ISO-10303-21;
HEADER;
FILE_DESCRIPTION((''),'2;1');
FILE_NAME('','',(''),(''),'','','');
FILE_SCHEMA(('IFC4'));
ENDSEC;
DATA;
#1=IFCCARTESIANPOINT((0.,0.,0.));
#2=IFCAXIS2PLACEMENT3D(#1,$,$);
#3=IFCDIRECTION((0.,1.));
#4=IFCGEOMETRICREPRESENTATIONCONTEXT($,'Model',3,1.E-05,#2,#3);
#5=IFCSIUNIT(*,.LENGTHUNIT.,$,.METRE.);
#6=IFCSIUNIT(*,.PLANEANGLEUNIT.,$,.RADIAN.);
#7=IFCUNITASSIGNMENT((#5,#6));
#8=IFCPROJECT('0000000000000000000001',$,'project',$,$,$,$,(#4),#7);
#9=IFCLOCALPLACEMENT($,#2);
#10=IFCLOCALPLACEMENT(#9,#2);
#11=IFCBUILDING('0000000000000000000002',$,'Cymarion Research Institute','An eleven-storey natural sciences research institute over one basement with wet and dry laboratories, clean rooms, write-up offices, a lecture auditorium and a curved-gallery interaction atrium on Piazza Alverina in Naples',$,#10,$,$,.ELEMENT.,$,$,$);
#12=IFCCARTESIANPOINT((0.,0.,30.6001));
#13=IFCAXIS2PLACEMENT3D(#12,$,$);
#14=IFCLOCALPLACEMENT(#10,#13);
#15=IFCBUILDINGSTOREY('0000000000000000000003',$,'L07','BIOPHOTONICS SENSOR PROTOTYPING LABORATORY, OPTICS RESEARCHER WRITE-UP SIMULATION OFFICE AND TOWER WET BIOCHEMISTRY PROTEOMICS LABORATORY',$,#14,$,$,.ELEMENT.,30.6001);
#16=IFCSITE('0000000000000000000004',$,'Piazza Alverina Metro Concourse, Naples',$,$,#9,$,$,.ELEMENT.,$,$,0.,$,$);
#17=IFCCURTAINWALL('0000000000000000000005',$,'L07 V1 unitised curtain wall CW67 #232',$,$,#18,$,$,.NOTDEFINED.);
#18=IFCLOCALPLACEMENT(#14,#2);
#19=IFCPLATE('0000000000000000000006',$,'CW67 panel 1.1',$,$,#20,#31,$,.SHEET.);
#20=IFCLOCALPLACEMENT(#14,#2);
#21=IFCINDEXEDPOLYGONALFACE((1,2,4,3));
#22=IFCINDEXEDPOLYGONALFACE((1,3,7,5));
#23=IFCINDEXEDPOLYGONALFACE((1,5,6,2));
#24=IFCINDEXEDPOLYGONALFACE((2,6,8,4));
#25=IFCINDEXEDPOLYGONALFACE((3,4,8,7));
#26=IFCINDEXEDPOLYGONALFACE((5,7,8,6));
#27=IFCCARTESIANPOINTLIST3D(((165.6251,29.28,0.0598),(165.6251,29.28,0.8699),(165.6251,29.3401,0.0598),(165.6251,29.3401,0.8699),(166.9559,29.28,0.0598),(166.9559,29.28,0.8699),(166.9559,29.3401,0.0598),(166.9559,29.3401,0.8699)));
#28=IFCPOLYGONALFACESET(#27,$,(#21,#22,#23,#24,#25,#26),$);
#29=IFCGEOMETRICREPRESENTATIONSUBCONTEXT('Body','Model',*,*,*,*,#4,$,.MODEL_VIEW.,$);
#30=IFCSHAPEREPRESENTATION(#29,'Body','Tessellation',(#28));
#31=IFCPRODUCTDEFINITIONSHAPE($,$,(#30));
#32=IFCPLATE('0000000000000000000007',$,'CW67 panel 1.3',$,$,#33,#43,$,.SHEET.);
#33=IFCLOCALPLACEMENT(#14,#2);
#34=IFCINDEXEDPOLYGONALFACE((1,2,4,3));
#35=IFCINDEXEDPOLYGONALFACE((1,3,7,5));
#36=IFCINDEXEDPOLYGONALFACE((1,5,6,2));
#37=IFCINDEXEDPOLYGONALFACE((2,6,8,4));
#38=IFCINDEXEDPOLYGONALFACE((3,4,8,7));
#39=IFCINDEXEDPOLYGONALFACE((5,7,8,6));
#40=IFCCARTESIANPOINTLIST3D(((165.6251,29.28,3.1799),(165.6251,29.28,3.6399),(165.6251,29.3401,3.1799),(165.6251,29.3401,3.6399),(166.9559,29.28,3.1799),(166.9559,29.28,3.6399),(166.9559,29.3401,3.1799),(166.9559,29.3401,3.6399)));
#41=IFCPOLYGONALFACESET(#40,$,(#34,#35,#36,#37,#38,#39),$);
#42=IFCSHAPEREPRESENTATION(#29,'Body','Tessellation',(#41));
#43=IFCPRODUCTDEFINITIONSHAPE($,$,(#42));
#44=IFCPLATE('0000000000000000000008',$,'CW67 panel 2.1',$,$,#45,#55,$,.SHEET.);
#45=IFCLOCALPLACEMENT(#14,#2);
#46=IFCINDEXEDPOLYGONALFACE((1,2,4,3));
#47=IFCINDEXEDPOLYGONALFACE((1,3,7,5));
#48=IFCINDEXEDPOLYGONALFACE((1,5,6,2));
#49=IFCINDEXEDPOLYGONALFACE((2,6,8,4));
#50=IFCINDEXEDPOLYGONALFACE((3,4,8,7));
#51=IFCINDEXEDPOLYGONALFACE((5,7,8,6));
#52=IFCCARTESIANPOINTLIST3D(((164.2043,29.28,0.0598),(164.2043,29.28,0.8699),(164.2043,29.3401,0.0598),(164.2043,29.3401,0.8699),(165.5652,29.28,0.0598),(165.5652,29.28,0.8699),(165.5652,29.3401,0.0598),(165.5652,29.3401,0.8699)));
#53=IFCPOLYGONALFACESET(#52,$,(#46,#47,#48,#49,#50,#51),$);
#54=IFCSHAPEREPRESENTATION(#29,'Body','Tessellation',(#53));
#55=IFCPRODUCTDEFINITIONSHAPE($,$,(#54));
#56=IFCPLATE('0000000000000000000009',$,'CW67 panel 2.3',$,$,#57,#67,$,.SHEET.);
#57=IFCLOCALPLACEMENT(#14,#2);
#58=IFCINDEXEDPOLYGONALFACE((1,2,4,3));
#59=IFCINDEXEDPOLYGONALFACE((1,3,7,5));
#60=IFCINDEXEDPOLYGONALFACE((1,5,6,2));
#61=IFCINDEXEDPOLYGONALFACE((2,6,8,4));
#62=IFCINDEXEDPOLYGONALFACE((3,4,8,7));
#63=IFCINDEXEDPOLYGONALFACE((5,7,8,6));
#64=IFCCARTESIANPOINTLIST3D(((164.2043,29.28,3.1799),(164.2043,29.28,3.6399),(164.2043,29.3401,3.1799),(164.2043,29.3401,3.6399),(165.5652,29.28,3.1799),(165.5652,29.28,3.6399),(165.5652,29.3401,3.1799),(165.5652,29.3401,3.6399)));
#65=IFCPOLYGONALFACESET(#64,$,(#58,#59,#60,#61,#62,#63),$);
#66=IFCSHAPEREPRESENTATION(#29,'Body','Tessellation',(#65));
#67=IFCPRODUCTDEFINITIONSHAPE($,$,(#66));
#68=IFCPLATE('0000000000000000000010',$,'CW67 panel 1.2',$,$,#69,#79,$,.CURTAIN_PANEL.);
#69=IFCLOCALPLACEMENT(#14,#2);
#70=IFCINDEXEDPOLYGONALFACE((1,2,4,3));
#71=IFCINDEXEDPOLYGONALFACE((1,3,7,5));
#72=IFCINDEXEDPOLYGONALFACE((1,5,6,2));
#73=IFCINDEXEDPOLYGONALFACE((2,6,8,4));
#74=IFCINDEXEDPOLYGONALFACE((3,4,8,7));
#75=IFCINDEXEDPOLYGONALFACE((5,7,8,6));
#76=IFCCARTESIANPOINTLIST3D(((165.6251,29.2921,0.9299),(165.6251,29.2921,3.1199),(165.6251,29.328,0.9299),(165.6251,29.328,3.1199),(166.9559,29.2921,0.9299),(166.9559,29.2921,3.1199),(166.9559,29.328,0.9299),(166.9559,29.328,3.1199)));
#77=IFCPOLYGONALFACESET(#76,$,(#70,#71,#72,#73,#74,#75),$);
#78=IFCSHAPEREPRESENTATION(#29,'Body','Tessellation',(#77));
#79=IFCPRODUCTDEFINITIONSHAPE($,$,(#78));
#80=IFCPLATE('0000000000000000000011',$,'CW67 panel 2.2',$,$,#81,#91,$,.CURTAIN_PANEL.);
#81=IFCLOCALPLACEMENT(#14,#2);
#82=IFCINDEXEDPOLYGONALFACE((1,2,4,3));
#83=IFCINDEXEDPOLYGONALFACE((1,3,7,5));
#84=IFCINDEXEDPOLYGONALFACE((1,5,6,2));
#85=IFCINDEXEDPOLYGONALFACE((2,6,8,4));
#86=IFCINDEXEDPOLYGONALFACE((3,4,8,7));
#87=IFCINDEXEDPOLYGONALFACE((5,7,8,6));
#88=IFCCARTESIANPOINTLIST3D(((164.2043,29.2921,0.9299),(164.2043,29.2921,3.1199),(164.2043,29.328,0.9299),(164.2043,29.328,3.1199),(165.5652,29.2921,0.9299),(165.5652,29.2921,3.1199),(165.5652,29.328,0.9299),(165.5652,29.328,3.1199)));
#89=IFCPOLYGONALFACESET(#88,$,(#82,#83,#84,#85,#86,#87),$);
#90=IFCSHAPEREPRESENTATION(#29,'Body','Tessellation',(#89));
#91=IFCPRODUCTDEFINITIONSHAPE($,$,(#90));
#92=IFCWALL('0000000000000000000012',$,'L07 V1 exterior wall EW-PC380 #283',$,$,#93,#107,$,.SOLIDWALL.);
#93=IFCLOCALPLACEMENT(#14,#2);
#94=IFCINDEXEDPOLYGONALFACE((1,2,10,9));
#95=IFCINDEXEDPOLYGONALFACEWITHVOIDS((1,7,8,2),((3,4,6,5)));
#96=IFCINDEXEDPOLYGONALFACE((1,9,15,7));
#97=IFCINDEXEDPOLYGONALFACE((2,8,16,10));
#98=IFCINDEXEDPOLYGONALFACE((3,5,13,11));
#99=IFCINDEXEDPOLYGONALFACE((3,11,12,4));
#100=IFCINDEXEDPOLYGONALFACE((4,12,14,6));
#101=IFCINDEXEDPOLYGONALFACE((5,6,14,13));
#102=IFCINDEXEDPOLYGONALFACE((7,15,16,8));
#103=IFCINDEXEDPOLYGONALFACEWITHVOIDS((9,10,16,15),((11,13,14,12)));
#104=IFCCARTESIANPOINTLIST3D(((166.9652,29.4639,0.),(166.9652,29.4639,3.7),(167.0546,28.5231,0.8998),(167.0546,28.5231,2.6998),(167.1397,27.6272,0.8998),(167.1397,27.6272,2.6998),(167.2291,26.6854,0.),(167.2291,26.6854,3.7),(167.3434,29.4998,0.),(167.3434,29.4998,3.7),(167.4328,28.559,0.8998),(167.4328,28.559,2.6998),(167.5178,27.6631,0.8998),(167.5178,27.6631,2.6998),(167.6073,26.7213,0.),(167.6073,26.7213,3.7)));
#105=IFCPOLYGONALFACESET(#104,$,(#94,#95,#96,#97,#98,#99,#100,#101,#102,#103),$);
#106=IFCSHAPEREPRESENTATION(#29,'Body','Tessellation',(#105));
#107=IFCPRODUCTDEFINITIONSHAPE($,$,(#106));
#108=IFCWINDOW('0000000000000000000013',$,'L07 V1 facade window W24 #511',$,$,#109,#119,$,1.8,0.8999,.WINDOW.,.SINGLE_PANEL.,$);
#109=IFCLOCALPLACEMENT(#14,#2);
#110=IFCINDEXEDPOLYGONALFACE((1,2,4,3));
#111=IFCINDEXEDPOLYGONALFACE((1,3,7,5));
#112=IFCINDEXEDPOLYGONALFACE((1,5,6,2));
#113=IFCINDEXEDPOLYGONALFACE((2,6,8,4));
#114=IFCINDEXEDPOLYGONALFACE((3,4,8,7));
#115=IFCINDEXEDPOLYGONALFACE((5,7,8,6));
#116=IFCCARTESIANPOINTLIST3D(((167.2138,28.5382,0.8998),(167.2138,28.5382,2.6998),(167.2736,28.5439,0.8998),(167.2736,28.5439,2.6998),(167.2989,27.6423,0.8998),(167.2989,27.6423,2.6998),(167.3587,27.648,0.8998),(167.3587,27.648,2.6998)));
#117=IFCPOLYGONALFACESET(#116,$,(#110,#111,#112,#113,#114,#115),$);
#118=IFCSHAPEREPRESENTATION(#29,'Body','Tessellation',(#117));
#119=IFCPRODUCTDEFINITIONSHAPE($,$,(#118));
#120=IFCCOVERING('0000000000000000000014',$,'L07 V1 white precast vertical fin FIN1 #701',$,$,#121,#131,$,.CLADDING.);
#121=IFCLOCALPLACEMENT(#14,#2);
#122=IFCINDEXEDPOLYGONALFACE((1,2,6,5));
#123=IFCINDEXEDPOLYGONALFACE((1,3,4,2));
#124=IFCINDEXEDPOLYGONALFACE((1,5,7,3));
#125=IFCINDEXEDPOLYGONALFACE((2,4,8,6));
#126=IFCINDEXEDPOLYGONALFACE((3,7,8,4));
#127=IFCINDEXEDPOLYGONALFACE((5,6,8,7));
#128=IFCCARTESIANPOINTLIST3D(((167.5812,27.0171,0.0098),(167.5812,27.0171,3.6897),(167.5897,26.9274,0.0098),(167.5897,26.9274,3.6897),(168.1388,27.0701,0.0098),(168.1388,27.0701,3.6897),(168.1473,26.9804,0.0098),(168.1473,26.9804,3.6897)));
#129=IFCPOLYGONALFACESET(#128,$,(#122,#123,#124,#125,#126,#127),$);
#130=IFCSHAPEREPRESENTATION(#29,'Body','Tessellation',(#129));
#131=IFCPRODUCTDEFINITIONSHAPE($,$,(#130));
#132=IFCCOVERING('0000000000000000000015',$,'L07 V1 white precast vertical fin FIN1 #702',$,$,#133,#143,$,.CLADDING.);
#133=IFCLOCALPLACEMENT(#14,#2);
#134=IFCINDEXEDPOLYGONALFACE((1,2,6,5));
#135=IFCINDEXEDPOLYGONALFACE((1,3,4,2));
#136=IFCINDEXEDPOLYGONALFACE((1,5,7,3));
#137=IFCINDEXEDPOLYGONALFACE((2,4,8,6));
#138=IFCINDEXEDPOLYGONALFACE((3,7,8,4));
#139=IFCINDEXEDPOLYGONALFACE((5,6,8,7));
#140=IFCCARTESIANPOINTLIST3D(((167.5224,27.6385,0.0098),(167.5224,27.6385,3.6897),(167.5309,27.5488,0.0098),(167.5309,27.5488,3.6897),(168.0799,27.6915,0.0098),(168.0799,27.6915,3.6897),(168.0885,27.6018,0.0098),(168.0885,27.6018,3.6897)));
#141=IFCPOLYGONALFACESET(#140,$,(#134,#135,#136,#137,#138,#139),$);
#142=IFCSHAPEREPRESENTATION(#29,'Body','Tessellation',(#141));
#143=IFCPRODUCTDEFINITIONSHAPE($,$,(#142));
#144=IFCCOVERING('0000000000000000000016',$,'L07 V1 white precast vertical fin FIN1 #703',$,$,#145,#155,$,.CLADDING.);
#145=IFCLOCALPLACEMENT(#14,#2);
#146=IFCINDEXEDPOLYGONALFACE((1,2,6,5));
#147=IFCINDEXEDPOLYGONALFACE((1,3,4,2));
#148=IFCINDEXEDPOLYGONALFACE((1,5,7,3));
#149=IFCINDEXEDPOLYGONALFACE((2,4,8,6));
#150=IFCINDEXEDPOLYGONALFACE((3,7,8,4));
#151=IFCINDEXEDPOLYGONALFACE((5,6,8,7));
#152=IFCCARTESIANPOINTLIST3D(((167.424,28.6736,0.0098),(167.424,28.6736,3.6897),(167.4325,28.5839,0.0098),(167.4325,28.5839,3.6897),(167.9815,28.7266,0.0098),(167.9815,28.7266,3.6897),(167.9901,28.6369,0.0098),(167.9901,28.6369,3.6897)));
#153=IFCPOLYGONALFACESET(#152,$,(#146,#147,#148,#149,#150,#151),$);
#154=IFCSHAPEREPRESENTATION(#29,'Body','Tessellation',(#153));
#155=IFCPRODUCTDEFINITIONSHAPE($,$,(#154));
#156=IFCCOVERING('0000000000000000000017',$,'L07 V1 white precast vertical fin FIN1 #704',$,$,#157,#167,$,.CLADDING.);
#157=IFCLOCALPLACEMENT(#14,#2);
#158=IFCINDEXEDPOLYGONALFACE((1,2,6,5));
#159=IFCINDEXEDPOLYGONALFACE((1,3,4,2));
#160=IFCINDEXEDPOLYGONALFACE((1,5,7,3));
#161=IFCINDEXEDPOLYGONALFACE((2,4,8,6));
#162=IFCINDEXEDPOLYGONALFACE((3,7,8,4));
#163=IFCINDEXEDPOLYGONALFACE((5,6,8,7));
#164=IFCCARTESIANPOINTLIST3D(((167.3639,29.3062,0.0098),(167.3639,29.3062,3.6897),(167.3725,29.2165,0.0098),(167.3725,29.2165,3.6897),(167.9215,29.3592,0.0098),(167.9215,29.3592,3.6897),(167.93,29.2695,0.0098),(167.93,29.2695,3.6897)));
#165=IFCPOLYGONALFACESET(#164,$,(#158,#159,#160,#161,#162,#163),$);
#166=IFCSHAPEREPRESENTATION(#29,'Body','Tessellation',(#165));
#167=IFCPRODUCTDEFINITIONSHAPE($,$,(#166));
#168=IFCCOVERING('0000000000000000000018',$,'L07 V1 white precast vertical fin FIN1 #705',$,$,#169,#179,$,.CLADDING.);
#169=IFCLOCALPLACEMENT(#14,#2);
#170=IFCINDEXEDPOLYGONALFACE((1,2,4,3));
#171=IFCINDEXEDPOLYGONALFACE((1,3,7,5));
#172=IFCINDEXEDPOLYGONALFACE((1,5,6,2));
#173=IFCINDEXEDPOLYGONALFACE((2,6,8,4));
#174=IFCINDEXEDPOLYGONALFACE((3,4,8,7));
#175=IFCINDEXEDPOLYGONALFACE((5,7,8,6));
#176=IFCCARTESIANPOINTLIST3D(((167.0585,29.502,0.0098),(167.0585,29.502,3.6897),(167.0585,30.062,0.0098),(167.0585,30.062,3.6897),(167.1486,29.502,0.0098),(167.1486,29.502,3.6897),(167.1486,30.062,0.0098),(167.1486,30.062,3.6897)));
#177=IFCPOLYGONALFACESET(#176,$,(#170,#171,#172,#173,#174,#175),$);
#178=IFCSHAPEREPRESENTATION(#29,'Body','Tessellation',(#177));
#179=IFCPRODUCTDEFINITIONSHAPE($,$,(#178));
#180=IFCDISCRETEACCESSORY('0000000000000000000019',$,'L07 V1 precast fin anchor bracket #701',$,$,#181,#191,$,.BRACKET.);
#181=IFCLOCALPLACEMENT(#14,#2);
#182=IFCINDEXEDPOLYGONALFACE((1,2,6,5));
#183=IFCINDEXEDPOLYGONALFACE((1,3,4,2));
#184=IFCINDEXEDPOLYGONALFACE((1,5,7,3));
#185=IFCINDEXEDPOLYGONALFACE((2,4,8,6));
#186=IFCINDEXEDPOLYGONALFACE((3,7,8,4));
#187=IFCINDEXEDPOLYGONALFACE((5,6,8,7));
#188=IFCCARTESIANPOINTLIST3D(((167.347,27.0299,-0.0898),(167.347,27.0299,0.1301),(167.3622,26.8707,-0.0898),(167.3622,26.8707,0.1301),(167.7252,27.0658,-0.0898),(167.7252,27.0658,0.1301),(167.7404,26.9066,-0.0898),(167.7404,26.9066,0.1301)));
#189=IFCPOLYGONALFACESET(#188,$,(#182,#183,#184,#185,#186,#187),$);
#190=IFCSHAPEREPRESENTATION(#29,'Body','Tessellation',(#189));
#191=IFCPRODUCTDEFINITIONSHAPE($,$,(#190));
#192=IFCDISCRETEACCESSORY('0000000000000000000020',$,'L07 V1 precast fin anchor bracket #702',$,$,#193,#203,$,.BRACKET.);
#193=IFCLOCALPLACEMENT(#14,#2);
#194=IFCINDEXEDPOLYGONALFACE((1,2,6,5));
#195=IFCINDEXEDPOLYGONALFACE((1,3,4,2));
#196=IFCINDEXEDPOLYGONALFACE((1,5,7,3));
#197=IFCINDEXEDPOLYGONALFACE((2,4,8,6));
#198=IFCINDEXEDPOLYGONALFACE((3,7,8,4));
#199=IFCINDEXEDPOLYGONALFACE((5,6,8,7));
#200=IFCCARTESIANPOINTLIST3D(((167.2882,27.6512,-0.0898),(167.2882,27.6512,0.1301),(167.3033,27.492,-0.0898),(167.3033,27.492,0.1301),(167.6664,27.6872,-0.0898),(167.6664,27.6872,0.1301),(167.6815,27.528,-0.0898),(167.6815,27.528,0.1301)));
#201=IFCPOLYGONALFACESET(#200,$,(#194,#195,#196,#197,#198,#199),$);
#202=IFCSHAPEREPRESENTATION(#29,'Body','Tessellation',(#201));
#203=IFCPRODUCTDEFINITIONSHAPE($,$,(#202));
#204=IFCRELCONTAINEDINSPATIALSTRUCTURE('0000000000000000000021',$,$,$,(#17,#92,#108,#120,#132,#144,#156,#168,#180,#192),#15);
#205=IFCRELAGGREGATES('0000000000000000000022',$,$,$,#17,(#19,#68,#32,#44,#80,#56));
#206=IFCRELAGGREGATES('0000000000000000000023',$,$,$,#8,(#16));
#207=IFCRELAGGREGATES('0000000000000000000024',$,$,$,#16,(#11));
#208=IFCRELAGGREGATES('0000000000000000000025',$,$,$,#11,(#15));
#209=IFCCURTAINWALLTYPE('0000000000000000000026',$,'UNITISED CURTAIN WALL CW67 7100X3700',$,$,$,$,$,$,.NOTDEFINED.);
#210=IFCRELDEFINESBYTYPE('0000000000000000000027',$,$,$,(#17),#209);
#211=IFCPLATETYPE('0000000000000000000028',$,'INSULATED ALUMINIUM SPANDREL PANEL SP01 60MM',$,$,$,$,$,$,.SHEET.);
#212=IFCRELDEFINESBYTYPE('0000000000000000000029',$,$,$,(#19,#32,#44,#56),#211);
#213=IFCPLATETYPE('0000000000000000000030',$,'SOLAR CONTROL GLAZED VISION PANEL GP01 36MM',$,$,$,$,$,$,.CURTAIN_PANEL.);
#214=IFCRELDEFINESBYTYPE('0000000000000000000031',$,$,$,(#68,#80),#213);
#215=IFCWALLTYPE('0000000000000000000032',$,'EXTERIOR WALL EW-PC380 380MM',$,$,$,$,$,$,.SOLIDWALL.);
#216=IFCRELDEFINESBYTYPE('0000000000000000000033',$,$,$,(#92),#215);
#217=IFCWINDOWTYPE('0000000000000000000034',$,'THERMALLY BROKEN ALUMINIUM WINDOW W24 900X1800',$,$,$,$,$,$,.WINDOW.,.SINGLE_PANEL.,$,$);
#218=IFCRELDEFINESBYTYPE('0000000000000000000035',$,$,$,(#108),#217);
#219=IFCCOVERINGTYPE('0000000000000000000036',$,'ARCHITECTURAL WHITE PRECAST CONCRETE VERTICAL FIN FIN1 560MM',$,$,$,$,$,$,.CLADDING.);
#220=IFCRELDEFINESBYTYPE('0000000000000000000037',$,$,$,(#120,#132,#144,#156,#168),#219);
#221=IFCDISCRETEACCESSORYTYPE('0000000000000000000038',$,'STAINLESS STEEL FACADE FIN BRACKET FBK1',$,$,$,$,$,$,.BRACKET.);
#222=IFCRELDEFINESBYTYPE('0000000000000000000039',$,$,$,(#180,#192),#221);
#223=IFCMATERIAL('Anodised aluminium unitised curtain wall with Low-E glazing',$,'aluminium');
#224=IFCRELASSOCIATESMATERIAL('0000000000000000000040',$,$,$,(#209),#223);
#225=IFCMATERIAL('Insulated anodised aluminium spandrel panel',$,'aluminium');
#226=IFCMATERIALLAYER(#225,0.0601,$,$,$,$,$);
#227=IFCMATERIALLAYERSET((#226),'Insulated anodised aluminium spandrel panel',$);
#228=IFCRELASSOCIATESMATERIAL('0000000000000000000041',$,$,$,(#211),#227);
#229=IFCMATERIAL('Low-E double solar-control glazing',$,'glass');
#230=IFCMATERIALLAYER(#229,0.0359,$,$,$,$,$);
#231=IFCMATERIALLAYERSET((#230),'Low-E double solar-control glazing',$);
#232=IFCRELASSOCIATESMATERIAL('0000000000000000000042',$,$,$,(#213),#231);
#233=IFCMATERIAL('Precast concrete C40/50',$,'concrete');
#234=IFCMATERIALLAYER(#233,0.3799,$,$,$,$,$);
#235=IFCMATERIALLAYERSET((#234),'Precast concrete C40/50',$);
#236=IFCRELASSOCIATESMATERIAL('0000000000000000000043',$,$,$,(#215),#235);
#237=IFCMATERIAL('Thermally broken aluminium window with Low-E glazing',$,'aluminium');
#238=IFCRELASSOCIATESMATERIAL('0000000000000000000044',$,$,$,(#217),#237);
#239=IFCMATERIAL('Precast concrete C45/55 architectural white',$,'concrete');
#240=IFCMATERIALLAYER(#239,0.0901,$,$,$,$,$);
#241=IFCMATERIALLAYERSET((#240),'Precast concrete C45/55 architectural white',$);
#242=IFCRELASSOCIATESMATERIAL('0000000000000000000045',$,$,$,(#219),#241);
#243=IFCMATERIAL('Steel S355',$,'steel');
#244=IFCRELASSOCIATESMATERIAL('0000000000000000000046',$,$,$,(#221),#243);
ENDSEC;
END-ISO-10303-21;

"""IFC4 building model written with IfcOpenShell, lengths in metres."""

from ifc_helpers import new_model, si_unit, direction, frame, frame_2d, origin, origin_2d, place, context, subcontext, project, spatial, rectangle, extrude, material, layer, layer_set, type_object, element, fill, aggregate, save


model = new_model("IFC4")

# Units and contexts
model_context = context("Model", 3, precision=1e-05, world=origin(), true_north=direction((0.0, 1.0)))
body_context = subcontext(model_context, "Body", "Model", "MODEL_VIEW")
ifc_project = project(units=[si_unit("LENGTHUNIT", "METRE"), si_unit("PLANEANGLEUNIT", "RADIAN")], contexts=[model_context])

# Site, building, storey
site_placement = place(None, origin())
site = spatial("IfcSite", under=ifc_project, at=site_placement, Name="Piazza Alverina Metro Concourse, Naples", CompositionType="ELEMENT", RefElevation=0.0)
building_placement = place(site_placement, origin())
building = spatial("IfcBuilding", under=site, at=building_placement, Name="Cymarion Research Institute", Description="An eleven-storey natural sciences research institute over one basement with wet and dry laboratories, clean rooms, write-up offices, a lecture auditorium and a curved-gallery interaction atrium on Piazza Alverina in Naples", CompositionType="ELEMENT")
storey_placement = place(building_placement, frame((0.0, 0.0, 30.6001)))
storey = spatial("IfcBuildingStorey", under=building, at=storey_placement, Name="L07", Description="BIOPHOTONICS SENSOR PROTOTYPING LABORATORY, OPTICS RESEARCHER WRITE-UP SIMULATION OFFICE AND TOWER WET BIOCHEMISTRY PROTEOMICS LABORATORY", CompositionType="ELEMENT", Elevation=30.6001)

# Curtain wall, plates
ifc_material_1 = material(Name="Anodised aluminium unitised curtain wall with Low-E glazing", Category="aluminium")
curtain_wall_type = type_object("IfcCurtainWallType", Name="UNITISED CURTAIN WALL CW67 7100X3700", PredefinedType="NOTDEFINED", material=ifc_material_1)
curtain_wall_placement = place(storey_placement, origin())
curtain_wall = element("IfcCurtainWall", 1, at=curtain_wall_placement, inside=storey, type_object=curtain_wall_type, Name="L07 V1 unitised curtain wall CW67 #232", PredefinedType="NOTDEFINED")
ifc_material_2 = material(Name="Insulated anodised aluminium spandrel panel", Category="aluminium")
ifc_layer_1 = layer(ifc_material_2, 0.0601)
ifc_layer_set_1 = layer_set([ifc_layer_1], Name="Insulated anodised aluminium spandrel panel")
plate_type_1 = type_object("IfcPlateType", Name="INSULATED ALUMINIUM SPANDREL PANEL SP01 60MM", PredefinedType="SHEET", material=ifc_layer_set_1)
plate_1_placement = place(storey_placement, frame((166.2905, 29.3101, 0.0598), z_axis=(0.0, 0.0, 1.0), x_axis=(-1.0, 0.0, 0.0)))
plate_1 = element("IfcPlate", 2, at=plate_1_placement, type_object=plate_type_1, Name="CW67 panel 1.1", PredefinedType="SHEET", context=body_context, shape_type="SweptSolid", body=[
    extrude(rectangle(XDim=1.3308, YDim=0.0601, at=origin_2d()), origin(), (0.0, 0.0, 1.0), 0.8101),
])
plate_2_placement = place(storey_placement, frame((166.2905, 29.3101, 3.1799), z_axis=(0.0, 0.0, 1.0), x_axis=(-1.0, 0.0, 0.0)))
plate_2 = element("IfcPlate", 3, at=plate_2_placement, type_object=plate_type_1, Name="CW67 panel 1.3", PredefinedType="SHEET", context=body_context, shape_type="SweptSolid", body=[
    extrude(rectangle(XDim=1.3308, YDim=0.0601, at=origin_2d()), origin(), (0.0, 0.0, 1.0), 0.46),
])
plate_3_placement = place(storey_placement, frame((164.8848, 29.3101, 0.0598), z_axis=(0.0, 0.0, 1.0), x_axis=(-1.0, 0.0, 0.0)))
plate_3 = element("IfcPlate", 4, at=plate_3_placement, type_object=plate_type_1, Name="CW67 panel 2.1", PredefinedType="SHEET", context=body_context, shape_type="SweptSolid", body=[
    extrude(rectangle(XDim=1.3608, YDim=0.0601, at=origin_2d()), origin(), (0.0, 0.0, 1.0), 0.8101),
])
plate_4_placement = place(storey_placement, frame((164.8848, 29.3101, 3.1799), z_axis=(0.0, 0.0, 1.0), x_axis=(-1.0, 0.0, 0.0)))
plate_4 = element("IfcPlate", 5, at=plate_4_placement, type_object=plate_type_1, Name="CW67 panel 2.3", PredefinedType="SHEET", context=body_context, shape_type="SweptSolid", body=[
    extrude(rectangle(XDim=1.3608, YDim=0.0601, at=origin_2d()), origin(), (0.0, 0.0, 1.0), 0.46),
])
ifc_material_3 = material(Name="Low-E double solar-control glazing", Category="glass")
ifc_layer_2 = layer(ifc_material_3, 0.0359)
ifc_layer_set_2 = layer_set([ifc_layer_2], Name="Low-E double solar-control glazing")
plate_type_2 = type_object("IfcPlateType", Name="SOLAR CONTROL GLAZED VISION PANEL GP01 36MM", PredefinedType="CURTAIN_PANEL", material=ifc_layer_set_2)
plate_5_placement = place(storey_placement, frame((166.2905, 29.3101, 0.9299), z_axis=(0.0, 0.0, 1.0), x_axis=(-1.0, 0.0, 0.0)))
plate_5 = element("IfcPlate", 6, at=plate_5_placement, type_object=plate_type_2, Name="CW67 panel 1.2", PredefinedType="CURTAIN_PANEL", context=body_context, shape_type="SweptSolid", body=[
    extrude(rectangle(XDim=1.3308, YDim=0.0359, at=origin_2d()), origin(), (0.0, 0.0, 1.0), 2.1899),
])
plate_6_placement = place(storey_placement, frame((164.8848, 29.3101, 0.9299), z_axis=(0.0, 0.0, 1.0), x_axis=(-1.0, 0.0, 0.0)))
plate_6 = element("IfcPlate", 7, at=plate_6_placement, type_object=plate_type_2, Name="CW67 panel 2.2", PredefinedType="CURTAIN_PANEL", context=body_context, shape_type="SweptSolid", body=[
    extrude(rectangle(XDim=1.3608, YDim=0.0359, at=origin_2d()), origin(), (0.0, 0.0, 1.0), 2.1899),
])
aggregate(curtain_wall, [plate_1, plate_5, plate_2, plate_3, plate_6, plate_4])

# Wall, opening, window
ifc_material_4 = material(Name="Precast concrete C40/50", Category="concrete")
ifc_layer_3 = layer(ifc_material_4, 0.3799)
ifc_layer_set_3 = layer_set([ifc_layer_3], Name="Precast concrete C40/50")
wall_type = type_object("IfcWallType", Name="EXTERIOR WALL EW-PC380 380MM", PredefinedType="SOLIDWALL", material=ifc_layer_set_3)
wall_placement = place(storey_placement, frame((167.4182, 26.7034, 0.0), z_axis=(0.0, 0.0, 1.0), x_axis=(-0.094557, 0.995519, 0.0)))
wall = element("IfcWall", 8, at=wall_placement, inside=storey, type_object=wall_type, Name="L07 V1 exterior wall EW-PC380 #283", PredefinedType="SOLIDWALL", context=body_context, shape_type="SweptSolid", body=[
    extrude(rectangle(XDim=2.791, YDim=0.3799, at=frame_2d((1.3955, 0.0))), origin(), (0.0, 0.0, 1.0), 3.7),
])
opening_placement = place(wall_placement, frame((0.946, 0.0, 0.8999)))
opening = element("IfcOpeningElement", 9, at=opening_placement, cuts=wall, PredefinedType="OPENING", context=body_context, shape_type="SweptSolid", body=[
    extrude(rectangle(XDim=0.8999, YDim=1.8, at=frame_2d((0.45, 0.8999))), frame((0.0, 0.2, 0.0), z_axis=(0.0, -1.0, 0.0), x_axis=(1.0, 0.0, 0.0)), (0.0, 0.0, 1.0), 0.3999),
])
ifc_material_5 = material(Name="Thermally broken aluminium window with Low-E glazing", Category="aluminium")
window_type = type_object("IfcWindowType", Name="THERMALLY BROKEN ALUMINIUM WINDOW W24 900X1800", PartitioningType="SINGLE_PANEL", PredefinedType="WINDOW", material=ifc_material_5)
window_placement = place(opening_placement, origin())
window = element("IfcWindow", 10, at=window_placement, inside=storey, type_object=window_type, Name="L07 V1 facade window W24 #511", OverallHeight=1.8, OverallWidth=0.8999, PartitioningType="SINGLE_PANEL", PredefinedType="WINDOW", context=body_context, shape_type="SweptSolid", body=[
    extrude(rectangle(XDim=0.8999, YDim=1.8, at=frame_2d((0.45, 0.8999))), frame((0.0, 0.03, 0.0), z_axis=(0.0, -1.0, 0.0), x_axis=(1.0, 0.0, 0.0)), (0.0, 0.0, 1.0), 0.0601),
])
fill(opening, window)

# Coverings
ifc_material_6 = material(Name="Precast concrete C45/55 architectural white", Category="concrete")
ifc_layer_4 = layer(ifc_material_6, 0.0901)
ifc_layer_set_4 = layer_set([ifc_layer_4], Name="Precast concrete C45/55 architectural white")
covering_type = type_object("IfcCoveringType", Name="ARCHITECTURAL WHITE PRECAST CONCRETE VERTICAL FIN FIN1 560MM", PredefinedType="CLADDING", material=ifc_layer_set_4)
for number, where, z_axis, x_axis, name in (
    (11, (167.8643, 26.9988, 0.0098), (0.0, 0.0, 1.0), (0.995513, 0.09463, 0.0), "L07 V1 white precast vertical fin FIN1 #701"),
    (12, (167.8054, 27.6201, 0.0098), (0.0, 0.0, 1.0), (0.995513, 0.09463, 0.0), "L07 V1 white precast vertical fin FIN1 #702"),
    (13, (167.707, 28.6553, 0.0098), (0.0, 0.0, 1.0), (0.995513, 0.09463, 0.0), "L07 V1 white precast vertical fin FIN1 #703"),
    (14, (167.647, 29.2878, 0.0098), (0.0, 0.0, 1.0), (0.995513, 0.09463, 0.0), "L07 V1 white precast vertical fin FIN1 #704"),
    (15, (167.1035, 29.782, 0.0098), (0.0, 0.0, 1.0), (0.0, 1.0, 0.0), "L07 V1 white precast vertical fin FIN1 #705"),
):
    element("IfcCovering", number, at=place(storey_placement, frame(where, z_axis=z_axis, x_axis=x_axis)), inside=storey, type_object=covering_type, Name=name, PredefinedType="CLADDING", context=body_context, shape_type="SweptSolid", body=[
        extrude(rectangle(XDim=0.5601, YDim=0.0901, at=origin_2d()), origin(), (0.0, 0.0, 1.0), 3.6799),
    ])

# Discrete accessories
ifc_material_7 = material(Name="Steel S355", Category="steel")
discrete_accessory_type = type_object("IfcDiscreteAccessoryType", Name="STAINLESS STEEL FACADE FIN BRACKET FBK1", PredefinedType="BRACKET", material=ifc_material_7)
for number, where, z_axis, x_axis, name in (
    (16, (167.5437, 26.9683, -0.0898), (0.0, 0.0, 1.0), (0.995513, 0.09463, 0.0), "L07 V1 precast fin anchor bracket #701"),
    (17, (167.4849, 27.5896, -0.0898), (0.0, 0.0, 1.0), (0.995513, 0.09463, 0.0), "L07 V1 precast fin anchor bracket #702"),
):
    element("IfcDiscreteAccessory", number, at=place(storey_placement, frame(where, z_axis=z_axis, x_axis=x_axis)), inside=storey, type_object=discrete_accessory_type, Name=name, PredefinedType="BRACKET", context=body_context, shape_type="SweptSolid", body=[
        extrude(rectangle(XDim=0.3799, YDim=0.1599, at=origin_2d()), origin(), (0.0, 0.0, 1.0), 0.22),
    ])

save(model, "model.ifc")
